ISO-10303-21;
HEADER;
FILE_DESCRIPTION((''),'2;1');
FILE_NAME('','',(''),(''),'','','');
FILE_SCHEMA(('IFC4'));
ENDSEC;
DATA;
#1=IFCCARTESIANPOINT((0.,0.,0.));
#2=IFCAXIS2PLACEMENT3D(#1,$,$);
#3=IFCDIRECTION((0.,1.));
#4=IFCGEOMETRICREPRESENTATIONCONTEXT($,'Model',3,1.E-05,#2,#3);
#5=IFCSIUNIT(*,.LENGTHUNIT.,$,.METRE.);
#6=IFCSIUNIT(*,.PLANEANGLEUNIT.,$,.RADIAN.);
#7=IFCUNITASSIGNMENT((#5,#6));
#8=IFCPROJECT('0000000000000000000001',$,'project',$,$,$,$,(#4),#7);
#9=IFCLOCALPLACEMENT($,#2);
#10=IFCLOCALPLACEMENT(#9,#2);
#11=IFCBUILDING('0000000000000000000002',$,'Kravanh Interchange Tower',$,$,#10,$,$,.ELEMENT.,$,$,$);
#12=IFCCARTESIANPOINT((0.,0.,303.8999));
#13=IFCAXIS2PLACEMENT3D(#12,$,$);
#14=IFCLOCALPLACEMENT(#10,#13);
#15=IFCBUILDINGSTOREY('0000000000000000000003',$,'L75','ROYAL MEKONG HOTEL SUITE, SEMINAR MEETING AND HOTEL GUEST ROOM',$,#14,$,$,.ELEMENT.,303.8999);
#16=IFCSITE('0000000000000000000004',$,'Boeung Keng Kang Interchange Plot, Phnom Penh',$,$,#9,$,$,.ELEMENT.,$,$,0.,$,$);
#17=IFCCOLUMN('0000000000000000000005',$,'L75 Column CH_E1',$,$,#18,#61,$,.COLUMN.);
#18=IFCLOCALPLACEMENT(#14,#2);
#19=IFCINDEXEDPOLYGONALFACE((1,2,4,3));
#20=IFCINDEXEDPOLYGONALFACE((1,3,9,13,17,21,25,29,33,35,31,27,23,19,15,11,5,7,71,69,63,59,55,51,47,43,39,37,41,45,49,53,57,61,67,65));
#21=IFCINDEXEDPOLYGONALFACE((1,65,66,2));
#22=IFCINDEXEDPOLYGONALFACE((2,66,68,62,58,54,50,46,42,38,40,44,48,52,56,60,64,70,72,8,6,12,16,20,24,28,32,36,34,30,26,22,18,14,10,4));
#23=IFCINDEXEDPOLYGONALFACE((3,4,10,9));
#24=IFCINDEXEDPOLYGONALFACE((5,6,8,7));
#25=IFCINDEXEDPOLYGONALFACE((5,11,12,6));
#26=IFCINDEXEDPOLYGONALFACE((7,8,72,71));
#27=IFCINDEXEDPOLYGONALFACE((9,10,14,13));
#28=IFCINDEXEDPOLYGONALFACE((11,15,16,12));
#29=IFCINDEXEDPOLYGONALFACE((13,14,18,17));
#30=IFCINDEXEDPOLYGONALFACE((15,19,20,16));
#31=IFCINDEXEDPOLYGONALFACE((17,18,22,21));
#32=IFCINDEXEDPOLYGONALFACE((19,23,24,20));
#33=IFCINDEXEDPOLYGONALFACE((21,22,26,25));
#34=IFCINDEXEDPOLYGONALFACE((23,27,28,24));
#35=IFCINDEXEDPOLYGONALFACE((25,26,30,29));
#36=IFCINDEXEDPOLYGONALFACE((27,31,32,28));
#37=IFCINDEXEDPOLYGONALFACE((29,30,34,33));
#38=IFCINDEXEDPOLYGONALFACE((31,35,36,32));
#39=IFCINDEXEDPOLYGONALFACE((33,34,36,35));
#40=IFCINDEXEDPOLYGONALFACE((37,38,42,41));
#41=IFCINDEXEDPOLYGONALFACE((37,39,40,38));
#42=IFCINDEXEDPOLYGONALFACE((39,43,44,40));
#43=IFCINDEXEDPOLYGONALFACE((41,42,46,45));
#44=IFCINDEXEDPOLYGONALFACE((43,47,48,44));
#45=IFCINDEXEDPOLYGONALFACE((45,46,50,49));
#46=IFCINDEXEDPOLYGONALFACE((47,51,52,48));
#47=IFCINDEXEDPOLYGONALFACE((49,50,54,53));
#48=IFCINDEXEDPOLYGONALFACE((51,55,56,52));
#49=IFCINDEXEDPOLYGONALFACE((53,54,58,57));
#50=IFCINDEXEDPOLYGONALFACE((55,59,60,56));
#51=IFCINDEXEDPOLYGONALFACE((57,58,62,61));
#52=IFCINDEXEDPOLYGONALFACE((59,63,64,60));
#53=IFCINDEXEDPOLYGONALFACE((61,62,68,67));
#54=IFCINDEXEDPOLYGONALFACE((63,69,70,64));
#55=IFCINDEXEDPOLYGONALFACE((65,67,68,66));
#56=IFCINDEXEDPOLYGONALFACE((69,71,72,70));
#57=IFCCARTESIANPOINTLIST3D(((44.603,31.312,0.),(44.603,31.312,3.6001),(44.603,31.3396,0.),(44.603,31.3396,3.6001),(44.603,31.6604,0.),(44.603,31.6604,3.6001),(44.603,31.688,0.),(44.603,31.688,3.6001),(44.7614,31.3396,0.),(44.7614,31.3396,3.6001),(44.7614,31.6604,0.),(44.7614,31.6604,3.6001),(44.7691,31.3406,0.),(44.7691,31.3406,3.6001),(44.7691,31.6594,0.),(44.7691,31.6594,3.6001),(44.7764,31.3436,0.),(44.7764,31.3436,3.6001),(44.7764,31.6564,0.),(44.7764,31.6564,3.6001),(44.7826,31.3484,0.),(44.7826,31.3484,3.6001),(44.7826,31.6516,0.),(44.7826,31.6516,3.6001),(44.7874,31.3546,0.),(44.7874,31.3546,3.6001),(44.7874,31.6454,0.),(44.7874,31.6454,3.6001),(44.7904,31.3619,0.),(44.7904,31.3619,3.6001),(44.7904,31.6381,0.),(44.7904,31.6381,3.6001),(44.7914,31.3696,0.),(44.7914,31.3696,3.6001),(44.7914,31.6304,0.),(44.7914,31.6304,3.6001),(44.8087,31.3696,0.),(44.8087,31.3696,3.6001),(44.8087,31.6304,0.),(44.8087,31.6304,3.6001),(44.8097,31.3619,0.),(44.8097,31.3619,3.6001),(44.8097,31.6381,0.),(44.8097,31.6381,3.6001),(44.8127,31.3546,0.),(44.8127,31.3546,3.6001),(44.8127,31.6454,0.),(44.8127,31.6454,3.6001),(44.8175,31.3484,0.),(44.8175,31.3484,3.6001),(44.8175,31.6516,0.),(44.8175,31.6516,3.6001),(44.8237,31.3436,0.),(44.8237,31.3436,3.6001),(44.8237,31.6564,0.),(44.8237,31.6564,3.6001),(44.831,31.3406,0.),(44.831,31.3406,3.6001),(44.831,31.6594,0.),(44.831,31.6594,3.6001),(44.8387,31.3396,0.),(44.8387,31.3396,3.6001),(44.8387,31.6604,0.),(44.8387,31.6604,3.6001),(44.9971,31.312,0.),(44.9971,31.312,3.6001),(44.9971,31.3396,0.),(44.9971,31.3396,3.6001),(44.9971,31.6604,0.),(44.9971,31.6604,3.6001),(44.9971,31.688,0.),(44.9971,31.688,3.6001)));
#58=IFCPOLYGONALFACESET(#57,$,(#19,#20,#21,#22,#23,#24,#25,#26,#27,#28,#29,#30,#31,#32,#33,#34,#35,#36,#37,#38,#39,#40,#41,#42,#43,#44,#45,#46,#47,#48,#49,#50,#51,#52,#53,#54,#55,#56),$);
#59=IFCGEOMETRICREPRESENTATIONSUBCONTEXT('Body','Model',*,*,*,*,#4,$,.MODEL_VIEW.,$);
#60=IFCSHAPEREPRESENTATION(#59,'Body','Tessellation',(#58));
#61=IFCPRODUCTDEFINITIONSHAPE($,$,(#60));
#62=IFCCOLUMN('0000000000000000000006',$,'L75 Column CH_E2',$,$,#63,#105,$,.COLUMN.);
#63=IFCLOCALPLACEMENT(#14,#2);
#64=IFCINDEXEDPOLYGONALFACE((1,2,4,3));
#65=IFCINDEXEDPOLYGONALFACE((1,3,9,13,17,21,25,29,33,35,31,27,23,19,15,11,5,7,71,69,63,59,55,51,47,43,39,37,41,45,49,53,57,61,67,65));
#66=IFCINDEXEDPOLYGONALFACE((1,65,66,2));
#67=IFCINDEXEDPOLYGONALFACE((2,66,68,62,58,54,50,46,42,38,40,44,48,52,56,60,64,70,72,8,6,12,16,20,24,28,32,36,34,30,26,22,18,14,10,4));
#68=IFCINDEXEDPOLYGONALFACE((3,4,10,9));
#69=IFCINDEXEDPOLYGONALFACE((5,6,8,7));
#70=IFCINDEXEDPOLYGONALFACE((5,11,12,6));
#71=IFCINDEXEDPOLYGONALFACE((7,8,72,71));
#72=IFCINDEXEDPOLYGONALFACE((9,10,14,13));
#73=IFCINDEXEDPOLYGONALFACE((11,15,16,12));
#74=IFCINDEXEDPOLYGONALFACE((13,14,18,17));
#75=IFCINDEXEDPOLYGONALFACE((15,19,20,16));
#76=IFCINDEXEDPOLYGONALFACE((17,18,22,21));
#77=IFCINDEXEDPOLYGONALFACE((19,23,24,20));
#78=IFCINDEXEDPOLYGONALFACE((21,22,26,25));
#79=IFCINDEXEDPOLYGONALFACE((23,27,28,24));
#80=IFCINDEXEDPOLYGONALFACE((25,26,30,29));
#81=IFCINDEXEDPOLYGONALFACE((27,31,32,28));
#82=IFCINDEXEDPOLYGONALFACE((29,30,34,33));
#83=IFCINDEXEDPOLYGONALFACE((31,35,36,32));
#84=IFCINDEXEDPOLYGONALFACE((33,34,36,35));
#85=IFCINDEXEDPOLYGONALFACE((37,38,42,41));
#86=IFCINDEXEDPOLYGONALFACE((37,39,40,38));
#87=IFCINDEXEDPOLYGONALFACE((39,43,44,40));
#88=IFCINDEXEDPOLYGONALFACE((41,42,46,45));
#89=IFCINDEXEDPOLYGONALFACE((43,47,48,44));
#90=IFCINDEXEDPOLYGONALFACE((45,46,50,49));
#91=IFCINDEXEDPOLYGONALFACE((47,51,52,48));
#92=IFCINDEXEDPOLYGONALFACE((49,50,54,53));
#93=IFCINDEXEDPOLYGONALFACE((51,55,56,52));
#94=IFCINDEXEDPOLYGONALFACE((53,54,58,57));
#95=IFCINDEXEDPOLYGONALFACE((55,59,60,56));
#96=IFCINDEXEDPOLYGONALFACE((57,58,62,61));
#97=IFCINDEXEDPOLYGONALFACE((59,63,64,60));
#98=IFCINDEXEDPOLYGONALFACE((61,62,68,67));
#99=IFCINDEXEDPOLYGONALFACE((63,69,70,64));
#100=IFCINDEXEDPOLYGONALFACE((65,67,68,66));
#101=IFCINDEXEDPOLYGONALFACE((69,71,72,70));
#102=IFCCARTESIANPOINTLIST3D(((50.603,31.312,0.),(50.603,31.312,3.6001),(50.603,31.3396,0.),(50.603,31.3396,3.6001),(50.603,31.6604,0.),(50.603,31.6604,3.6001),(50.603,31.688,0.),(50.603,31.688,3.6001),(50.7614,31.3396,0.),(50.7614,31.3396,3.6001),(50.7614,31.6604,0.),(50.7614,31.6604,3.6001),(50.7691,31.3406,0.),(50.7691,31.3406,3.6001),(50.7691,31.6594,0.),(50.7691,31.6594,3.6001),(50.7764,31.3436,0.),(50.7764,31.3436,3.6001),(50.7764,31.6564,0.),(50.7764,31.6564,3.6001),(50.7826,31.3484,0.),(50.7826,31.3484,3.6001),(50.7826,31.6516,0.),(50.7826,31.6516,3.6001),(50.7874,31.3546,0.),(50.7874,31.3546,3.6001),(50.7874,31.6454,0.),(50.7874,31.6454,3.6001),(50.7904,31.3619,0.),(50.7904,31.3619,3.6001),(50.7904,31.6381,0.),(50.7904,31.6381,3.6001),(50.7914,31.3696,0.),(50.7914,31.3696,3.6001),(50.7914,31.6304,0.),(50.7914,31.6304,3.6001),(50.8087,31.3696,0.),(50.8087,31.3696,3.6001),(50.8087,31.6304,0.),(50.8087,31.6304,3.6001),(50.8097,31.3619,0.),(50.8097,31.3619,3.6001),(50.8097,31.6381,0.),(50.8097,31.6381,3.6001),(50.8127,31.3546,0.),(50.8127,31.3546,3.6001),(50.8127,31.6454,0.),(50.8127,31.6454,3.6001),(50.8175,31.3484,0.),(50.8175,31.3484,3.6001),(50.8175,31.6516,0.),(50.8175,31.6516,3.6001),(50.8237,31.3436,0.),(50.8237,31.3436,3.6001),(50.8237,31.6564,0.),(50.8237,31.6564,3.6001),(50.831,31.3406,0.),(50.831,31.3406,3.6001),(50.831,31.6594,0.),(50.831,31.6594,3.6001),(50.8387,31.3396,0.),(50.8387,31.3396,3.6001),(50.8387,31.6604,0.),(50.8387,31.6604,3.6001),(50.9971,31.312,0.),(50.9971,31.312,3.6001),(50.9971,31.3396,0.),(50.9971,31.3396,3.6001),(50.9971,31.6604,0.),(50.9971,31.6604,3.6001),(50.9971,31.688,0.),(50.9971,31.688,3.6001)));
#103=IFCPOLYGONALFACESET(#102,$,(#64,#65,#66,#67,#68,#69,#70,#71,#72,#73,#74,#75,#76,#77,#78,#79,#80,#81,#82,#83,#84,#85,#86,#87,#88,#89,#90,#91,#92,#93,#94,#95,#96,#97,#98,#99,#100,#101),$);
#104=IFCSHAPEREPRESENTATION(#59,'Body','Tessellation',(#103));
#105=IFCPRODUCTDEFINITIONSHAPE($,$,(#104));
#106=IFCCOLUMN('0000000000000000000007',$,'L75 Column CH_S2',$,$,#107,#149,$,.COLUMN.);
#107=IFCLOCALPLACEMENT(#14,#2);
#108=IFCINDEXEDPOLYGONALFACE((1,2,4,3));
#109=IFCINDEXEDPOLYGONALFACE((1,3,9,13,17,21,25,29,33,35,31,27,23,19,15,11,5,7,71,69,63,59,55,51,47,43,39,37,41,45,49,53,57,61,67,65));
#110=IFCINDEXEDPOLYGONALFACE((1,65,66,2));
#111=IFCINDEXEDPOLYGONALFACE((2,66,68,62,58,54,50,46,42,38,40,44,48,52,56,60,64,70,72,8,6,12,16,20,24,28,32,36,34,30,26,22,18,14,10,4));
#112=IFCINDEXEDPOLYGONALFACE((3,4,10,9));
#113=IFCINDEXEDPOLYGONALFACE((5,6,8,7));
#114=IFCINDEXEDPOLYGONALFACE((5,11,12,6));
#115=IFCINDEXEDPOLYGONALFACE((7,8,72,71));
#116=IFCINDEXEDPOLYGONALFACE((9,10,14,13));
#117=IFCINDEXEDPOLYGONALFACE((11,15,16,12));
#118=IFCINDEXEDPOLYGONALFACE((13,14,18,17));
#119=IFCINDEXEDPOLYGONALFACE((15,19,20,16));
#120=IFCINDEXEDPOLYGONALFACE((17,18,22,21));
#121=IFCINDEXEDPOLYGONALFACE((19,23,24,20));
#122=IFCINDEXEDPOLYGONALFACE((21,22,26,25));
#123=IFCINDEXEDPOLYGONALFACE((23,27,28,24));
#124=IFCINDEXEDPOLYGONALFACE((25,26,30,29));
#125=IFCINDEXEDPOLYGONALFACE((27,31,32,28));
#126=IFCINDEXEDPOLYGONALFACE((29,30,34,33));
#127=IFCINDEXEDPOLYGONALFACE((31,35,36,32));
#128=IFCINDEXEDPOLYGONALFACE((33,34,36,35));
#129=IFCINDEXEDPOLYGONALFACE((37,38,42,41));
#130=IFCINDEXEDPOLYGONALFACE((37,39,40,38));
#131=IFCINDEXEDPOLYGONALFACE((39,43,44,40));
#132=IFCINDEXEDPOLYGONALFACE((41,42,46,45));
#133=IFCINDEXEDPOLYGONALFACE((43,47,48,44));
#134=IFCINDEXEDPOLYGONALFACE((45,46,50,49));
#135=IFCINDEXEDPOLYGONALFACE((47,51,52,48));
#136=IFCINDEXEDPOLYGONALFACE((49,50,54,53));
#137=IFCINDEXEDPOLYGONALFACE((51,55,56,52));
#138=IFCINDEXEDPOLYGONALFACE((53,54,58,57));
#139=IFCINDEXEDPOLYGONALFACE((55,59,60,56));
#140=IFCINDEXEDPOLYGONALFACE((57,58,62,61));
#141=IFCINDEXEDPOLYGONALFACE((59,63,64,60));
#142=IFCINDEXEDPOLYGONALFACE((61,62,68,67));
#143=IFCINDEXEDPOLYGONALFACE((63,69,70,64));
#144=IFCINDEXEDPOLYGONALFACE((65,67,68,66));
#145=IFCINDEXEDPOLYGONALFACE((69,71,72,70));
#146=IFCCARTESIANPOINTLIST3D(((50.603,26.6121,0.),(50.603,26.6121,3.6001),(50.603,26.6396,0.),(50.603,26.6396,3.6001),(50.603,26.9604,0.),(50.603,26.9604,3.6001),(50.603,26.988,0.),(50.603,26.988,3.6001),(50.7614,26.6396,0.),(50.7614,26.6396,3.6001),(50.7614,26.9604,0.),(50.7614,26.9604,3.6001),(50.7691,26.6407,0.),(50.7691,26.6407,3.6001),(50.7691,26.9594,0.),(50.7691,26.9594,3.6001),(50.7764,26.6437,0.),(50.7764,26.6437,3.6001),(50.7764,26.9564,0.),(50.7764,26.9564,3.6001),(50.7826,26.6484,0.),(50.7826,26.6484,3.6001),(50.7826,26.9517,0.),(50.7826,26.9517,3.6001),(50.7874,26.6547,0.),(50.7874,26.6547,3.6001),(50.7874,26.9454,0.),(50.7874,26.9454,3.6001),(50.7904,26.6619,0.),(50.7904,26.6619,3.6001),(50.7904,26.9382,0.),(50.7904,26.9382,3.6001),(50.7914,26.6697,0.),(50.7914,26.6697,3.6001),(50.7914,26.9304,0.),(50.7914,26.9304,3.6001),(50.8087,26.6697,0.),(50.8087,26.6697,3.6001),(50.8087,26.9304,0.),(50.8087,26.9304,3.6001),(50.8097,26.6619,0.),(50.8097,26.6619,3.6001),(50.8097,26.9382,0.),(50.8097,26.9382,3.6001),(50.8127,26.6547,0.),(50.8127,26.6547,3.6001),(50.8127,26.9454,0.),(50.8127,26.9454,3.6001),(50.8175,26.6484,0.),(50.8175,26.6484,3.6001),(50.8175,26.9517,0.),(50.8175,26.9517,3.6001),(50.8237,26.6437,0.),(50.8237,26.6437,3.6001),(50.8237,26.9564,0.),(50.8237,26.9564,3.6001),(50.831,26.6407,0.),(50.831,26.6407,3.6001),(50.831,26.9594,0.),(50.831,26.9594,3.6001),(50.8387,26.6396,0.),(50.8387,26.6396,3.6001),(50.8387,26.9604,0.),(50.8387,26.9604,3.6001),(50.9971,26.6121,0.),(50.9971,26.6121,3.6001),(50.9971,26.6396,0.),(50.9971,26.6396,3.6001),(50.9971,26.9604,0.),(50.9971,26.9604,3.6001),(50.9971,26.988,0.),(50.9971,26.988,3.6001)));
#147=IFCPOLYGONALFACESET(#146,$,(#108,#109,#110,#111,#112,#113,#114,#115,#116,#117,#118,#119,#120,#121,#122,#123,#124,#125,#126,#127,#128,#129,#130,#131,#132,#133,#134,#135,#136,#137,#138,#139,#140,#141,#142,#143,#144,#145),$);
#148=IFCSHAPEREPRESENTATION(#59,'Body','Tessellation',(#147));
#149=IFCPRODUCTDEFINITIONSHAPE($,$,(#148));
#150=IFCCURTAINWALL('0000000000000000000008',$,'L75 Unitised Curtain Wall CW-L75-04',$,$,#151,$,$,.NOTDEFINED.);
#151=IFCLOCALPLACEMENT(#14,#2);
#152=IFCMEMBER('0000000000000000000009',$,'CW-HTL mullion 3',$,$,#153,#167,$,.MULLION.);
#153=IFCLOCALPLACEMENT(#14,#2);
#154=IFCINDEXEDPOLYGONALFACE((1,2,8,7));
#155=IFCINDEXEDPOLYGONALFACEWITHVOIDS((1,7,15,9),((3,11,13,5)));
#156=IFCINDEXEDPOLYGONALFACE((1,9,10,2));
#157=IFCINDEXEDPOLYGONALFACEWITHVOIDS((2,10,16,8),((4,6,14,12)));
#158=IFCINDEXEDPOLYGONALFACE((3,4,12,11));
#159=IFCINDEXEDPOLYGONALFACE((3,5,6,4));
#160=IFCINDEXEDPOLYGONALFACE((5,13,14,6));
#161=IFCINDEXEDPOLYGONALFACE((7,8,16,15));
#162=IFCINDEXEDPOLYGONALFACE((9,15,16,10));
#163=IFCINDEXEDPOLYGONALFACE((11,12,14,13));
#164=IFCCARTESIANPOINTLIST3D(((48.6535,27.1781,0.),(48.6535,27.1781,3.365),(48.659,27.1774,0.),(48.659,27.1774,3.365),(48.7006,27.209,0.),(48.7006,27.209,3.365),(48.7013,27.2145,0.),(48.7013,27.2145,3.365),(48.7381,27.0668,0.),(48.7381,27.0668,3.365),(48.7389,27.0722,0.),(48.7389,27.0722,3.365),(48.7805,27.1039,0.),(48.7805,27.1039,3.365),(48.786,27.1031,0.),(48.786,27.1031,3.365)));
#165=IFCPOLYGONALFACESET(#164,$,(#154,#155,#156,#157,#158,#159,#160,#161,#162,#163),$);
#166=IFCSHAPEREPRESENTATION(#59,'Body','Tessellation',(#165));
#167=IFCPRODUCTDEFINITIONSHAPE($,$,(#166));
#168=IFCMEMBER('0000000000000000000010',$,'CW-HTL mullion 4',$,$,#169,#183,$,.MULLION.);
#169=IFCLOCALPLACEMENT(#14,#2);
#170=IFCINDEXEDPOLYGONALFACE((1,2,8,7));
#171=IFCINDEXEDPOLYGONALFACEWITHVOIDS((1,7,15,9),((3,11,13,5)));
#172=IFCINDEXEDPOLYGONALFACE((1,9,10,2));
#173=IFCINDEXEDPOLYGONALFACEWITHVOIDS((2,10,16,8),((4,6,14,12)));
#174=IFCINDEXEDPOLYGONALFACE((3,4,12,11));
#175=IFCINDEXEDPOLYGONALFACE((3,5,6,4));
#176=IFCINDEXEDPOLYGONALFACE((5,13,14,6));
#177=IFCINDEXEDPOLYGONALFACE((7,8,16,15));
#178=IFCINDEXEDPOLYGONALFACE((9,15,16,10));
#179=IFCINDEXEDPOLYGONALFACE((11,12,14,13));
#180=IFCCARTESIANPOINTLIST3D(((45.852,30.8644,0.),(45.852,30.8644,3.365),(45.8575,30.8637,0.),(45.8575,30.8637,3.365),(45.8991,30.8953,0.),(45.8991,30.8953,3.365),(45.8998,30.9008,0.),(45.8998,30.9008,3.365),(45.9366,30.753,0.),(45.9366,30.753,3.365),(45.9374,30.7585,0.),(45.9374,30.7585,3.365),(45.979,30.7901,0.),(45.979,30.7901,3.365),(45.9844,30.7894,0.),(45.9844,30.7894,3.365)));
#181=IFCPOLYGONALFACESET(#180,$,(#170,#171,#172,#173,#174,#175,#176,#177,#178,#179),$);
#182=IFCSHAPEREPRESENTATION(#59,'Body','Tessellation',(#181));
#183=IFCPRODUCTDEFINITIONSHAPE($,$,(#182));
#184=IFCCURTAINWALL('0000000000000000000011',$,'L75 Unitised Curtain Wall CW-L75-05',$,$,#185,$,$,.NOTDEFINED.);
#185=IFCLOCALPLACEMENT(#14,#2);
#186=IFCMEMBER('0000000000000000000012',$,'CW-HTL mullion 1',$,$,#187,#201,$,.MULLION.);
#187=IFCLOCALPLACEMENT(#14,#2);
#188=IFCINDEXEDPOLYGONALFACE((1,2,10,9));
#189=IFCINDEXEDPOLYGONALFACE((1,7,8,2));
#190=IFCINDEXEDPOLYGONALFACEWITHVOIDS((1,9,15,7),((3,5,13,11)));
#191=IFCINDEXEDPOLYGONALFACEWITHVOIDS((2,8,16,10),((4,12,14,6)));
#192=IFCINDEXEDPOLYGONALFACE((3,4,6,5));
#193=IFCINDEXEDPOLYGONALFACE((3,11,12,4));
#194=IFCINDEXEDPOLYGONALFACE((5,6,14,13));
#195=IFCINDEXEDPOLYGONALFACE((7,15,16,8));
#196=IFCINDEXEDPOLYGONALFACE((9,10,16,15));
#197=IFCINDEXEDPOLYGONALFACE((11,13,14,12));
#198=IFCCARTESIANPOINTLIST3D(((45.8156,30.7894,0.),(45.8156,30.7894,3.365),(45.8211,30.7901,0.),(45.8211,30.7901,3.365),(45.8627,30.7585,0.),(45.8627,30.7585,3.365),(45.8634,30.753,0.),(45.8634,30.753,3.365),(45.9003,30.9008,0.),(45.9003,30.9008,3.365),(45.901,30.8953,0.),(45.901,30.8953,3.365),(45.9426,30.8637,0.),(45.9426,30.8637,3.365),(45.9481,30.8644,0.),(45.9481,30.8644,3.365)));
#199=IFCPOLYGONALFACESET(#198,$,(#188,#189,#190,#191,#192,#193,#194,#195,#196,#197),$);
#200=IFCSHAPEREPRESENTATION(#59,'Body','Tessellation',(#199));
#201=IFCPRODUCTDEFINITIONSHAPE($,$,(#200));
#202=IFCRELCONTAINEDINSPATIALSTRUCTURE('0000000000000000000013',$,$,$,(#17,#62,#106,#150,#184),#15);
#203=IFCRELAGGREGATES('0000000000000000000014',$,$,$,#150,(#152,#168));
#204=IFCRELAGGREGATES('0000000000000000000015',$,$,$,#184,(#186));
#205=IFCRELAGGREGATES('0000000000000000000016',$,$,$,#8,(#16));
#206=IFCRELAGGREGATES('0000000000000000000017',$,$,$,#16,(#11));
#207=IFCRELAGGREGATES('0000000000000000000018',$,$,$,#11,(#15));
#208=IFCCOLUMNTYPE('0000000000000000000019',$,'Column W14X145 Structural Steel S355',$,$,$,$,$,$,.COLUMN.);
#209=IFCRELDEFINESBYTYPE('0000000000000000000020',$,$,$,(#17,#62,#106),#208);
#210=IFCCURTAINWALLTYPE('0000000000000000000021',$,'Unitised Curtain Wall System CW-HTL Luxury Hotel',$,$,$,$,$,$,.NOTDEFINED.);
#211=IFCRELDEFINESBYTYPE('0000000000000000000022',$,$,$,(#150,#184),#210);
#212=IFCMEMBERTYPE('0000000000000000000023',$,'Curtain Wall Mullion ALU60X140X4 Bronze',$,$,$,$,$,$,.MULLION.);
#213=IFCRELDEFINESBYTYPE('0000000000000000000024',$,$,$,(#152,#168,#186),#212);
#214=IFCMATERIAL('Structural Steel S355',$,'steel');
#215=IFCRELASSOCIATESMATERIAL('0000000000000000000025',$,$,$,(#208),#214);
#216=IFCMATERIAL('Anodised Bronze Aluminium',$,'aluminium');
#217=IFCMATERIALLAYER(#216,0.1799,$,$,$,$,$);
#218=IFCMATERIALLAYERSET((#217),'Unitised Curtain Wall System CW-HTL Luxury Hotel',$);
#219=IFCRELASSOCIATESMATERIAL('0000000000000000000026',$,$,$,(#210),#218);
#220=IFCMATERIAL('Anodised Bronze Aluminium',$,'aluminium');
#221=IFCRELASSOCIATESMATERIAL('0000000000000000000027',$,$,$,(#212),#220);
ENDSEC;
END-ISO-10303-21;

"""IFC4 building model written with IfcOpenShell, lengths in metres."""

from ifc_helpers import new_model, si_unit, direction, frame, origin, origin_2d, place, context, subcontext, project, spatial, hollow_rectangle, i_section, extrude, material, layer, layer_set, material_profile, profile_set, type_object, element, aggregate, save


model = new_model("IFC4")

# Units and contexts
model_context = context("Model", 3, precision=1e-05, world=origin(), true_north=direction((0.0, 1.0)))
body_context = subcontext(model_context, "Body", "Model", "MODEL_VIEW")
ifc_project = project(units=[si_unit("LENGTHUNIT", "METRE"), si_unit("PLANEANGLEUNIT", "RADIAN")], contexts=[model_context])

# Site, building, storey
site_placement = place(None, origin())
site = spatial("IfcSite", under=ifc_project, at=site_placement, Name="Boeung Keng Kang Interchange Plot, Phnom Penh", CompositionType="ELEMENT", RefElevation=0.0)
building_placement = place(site_placement, origin())
building = spatial("IfcBuilding", under=site, at=building_placement, Name="Kravanh Interchange Tower", CompositionType="ELEMENT")
storey_placement = place(building_placement, frame((0.0, 0.0, 303.8999)))
storey = spatial("IfcBuildingStorey", under=building, at=storey_placement, Name="L75", Description="ROYAL MEKONG HOTEL SUITE, SEMINAR MEETING AND HOTEL GUEST ROOM", CompositionType="ELEMENT", Elevation=303.8999)

# Columns
ifc_material_1 = material(Name="Structural Steel S355", Category="steel")
ifc_material_profile_1 = material_profile(ifc_material_1, i_section(OverallWidth=0.394, OverallDepth=0.376, WebThickness=0.0173, FlangeThickness=0.0276, FilletRadius=0.03, at=origin_2d()), Name="W14X145")
ifc_profile_set_1 = profile_set([ifc_material_profile_1], Name="Structural Steel S355")
column_type = type_object("IfcColumnType", Name="Column W14X145 Structural Steel S355", PredefinedType="COLUMN", material=ifc_profile_set_1)
for number, where, z_axis, x_axis, name in (
    (1, (44.8, 31.5, 0.0), (0.0, 0.0, 1.0), (1.0, 0.0, 0.0), "L75 Column CH_E1"),
    (2, (50.8, 31.5, 0.0), (0.0, 0.0, 1.0), (1.0, 0.0, 0.0), "L75 Column CH_E2"),
    (3, (50.8, 26.8, 0.0), (0.0, 0.0, 1.0), (1.0, 0.0, 0.0), "L75 Column CH_S2"),
):
    element("IfcColumn", number, at=place(storey_placement, frame(where, z_axis=z_axis, x_axis=x_axis)), inside=storey, type_object=column_type, Name=name, PredefinedType="COLUMN", context=body_context, shape_type="SweptSolid", body=[
        extrude(i_section(OverallWidth=0.394, OverallDepth=0.376, WebThickness=0.0173, FlangeThickness=0.0276, FilletRadius=0.03, at=origin_2d()), origin(), (0.0, 0.0, 1.0), 3.6001),
    ])

# Curtain walls, members
ifc_material_2 = material(Name="Anodised Bronze Aluminium", Category="aluminium")
ifc_layer_1 = layer(ifc_material_2, 0.1799)
ifc_layer_set_1 = layer_set([ifc_layer_1], Name="Unitised Curtain Wall System CW-HTL Luxury Hotel")
curtain_wall_type = type_object("IfcCurtainWallType", Name="Unitised Curtain Wall System CW-HTL Luxury Hotel", PredefinedType="NOTDEFINED", material=ifc_layer_set_1)
curtain_wall_1_placement = place(storey_placement, origin())
curtain_wall_1 = element("IfcCurtainWall", 4, at=curtain_wall_1_placement, inside=storey, type_object=curtain_wall_type, Name="L75 Unitised Curtain Wall CW-L75-04", PredefinedType="NOTDEFINED")
ifc_material_3 = material(Name="Anodised Bronze Aluminium", Category="aluminium")
ifc_material_profile_2 = material_profile(ifc_material_3, hollow_rectangle(XDim=0.0601, YDim=0.1399, WallThickness=0.0039, at=origin_2d()), Name="ALU60X140X4")
ifc_profile_set_2 = profile_set([ifc_material_profile_2], Name="Anodised Bronze Aluminium")
member_type_1 = type_object("IfcMemberType", Name="Curtain Wall Mullion ALU60X140X4 Bronze", PredefinedType="MULLION", material=ifc_profile_set_2)
member_1_placement = place(storey_placement, frame((48.7197, 27.1406, 0.0), z_axis=(0.0, 0.0, 1.0), x_axis=(-0.796162, -0.605084, 0.0)))
member_1 = element("IfcMember", 5, at=member_1_placement, type_object=member_type_1, Name="CW-HTL mullion 3", PredefinedType="MULLION", context=body_context, shape_type="SweptSolid", body=[
    extrude(hollow_rectangle(XDim=0.0601, YDim=0.1399, WallThickness=0.0039, at=origin_2d()), origin(), (0.0, 0.0, 1.0), 3.365),
])
member_2_placement = place(storey_placement, frame((45.9182, 30.8269, 0.0), z_axis=(0.0, 0.0, 1.0), x_axis=(-0.796162, -0.605084, 0.0)))
member_2 = element("IfcMember", 6, at=member_2_placement, type_object=member_type_1, Name="CW-HTL mullion 4", PredefinedType="MULLION", context=body_context, shape_type="SweptSolid", body=[
    extrude(hollow_rectangle(XDim=0.0601, YDim=0.1399, WallThickness=0.0039, at=origin_2d()), origin(), (0.0, 0.0, 1.0), 3.365),
])
curtain_wall_2_placement = place(storey_placement, origin())
curtain_wall_2 = element("IfcCurtainWall", 7, at=curtain_wall_2_placement, inside=storey, type_object=curtain_wall_type, Name="L75 Unitised Curtain Wall CW-L75-05", PredefinedType="NOTDEFINED")
member_3_placement = place(storey_placement, frame((45.8818, 30.8269, 0.0), z_axis=(0.0, 0.0, 1.0), x_axis=(0.796162, -0.605084, 0.0)))
member_3 = element("IfcMember", 8, at=member_3_placement, type_object=member_type_1, Name="CW-HTL mullion 1", PredefinedType="MULLION", context=body_context, shape_type="SweptSolid", body=[
    extrude(hollow_rectangle(XDim=0.0601, YDim=0.1399, WallThickness=0.0039, at=origin_2d()), origin(), (0.0, 0.0, 1.0), 3.365),
])

aggregate(curtain_wall_1, [member_1, member_2])
aggregate(curtain_wall_2, [member_3])

save(model, "model.ifc")
